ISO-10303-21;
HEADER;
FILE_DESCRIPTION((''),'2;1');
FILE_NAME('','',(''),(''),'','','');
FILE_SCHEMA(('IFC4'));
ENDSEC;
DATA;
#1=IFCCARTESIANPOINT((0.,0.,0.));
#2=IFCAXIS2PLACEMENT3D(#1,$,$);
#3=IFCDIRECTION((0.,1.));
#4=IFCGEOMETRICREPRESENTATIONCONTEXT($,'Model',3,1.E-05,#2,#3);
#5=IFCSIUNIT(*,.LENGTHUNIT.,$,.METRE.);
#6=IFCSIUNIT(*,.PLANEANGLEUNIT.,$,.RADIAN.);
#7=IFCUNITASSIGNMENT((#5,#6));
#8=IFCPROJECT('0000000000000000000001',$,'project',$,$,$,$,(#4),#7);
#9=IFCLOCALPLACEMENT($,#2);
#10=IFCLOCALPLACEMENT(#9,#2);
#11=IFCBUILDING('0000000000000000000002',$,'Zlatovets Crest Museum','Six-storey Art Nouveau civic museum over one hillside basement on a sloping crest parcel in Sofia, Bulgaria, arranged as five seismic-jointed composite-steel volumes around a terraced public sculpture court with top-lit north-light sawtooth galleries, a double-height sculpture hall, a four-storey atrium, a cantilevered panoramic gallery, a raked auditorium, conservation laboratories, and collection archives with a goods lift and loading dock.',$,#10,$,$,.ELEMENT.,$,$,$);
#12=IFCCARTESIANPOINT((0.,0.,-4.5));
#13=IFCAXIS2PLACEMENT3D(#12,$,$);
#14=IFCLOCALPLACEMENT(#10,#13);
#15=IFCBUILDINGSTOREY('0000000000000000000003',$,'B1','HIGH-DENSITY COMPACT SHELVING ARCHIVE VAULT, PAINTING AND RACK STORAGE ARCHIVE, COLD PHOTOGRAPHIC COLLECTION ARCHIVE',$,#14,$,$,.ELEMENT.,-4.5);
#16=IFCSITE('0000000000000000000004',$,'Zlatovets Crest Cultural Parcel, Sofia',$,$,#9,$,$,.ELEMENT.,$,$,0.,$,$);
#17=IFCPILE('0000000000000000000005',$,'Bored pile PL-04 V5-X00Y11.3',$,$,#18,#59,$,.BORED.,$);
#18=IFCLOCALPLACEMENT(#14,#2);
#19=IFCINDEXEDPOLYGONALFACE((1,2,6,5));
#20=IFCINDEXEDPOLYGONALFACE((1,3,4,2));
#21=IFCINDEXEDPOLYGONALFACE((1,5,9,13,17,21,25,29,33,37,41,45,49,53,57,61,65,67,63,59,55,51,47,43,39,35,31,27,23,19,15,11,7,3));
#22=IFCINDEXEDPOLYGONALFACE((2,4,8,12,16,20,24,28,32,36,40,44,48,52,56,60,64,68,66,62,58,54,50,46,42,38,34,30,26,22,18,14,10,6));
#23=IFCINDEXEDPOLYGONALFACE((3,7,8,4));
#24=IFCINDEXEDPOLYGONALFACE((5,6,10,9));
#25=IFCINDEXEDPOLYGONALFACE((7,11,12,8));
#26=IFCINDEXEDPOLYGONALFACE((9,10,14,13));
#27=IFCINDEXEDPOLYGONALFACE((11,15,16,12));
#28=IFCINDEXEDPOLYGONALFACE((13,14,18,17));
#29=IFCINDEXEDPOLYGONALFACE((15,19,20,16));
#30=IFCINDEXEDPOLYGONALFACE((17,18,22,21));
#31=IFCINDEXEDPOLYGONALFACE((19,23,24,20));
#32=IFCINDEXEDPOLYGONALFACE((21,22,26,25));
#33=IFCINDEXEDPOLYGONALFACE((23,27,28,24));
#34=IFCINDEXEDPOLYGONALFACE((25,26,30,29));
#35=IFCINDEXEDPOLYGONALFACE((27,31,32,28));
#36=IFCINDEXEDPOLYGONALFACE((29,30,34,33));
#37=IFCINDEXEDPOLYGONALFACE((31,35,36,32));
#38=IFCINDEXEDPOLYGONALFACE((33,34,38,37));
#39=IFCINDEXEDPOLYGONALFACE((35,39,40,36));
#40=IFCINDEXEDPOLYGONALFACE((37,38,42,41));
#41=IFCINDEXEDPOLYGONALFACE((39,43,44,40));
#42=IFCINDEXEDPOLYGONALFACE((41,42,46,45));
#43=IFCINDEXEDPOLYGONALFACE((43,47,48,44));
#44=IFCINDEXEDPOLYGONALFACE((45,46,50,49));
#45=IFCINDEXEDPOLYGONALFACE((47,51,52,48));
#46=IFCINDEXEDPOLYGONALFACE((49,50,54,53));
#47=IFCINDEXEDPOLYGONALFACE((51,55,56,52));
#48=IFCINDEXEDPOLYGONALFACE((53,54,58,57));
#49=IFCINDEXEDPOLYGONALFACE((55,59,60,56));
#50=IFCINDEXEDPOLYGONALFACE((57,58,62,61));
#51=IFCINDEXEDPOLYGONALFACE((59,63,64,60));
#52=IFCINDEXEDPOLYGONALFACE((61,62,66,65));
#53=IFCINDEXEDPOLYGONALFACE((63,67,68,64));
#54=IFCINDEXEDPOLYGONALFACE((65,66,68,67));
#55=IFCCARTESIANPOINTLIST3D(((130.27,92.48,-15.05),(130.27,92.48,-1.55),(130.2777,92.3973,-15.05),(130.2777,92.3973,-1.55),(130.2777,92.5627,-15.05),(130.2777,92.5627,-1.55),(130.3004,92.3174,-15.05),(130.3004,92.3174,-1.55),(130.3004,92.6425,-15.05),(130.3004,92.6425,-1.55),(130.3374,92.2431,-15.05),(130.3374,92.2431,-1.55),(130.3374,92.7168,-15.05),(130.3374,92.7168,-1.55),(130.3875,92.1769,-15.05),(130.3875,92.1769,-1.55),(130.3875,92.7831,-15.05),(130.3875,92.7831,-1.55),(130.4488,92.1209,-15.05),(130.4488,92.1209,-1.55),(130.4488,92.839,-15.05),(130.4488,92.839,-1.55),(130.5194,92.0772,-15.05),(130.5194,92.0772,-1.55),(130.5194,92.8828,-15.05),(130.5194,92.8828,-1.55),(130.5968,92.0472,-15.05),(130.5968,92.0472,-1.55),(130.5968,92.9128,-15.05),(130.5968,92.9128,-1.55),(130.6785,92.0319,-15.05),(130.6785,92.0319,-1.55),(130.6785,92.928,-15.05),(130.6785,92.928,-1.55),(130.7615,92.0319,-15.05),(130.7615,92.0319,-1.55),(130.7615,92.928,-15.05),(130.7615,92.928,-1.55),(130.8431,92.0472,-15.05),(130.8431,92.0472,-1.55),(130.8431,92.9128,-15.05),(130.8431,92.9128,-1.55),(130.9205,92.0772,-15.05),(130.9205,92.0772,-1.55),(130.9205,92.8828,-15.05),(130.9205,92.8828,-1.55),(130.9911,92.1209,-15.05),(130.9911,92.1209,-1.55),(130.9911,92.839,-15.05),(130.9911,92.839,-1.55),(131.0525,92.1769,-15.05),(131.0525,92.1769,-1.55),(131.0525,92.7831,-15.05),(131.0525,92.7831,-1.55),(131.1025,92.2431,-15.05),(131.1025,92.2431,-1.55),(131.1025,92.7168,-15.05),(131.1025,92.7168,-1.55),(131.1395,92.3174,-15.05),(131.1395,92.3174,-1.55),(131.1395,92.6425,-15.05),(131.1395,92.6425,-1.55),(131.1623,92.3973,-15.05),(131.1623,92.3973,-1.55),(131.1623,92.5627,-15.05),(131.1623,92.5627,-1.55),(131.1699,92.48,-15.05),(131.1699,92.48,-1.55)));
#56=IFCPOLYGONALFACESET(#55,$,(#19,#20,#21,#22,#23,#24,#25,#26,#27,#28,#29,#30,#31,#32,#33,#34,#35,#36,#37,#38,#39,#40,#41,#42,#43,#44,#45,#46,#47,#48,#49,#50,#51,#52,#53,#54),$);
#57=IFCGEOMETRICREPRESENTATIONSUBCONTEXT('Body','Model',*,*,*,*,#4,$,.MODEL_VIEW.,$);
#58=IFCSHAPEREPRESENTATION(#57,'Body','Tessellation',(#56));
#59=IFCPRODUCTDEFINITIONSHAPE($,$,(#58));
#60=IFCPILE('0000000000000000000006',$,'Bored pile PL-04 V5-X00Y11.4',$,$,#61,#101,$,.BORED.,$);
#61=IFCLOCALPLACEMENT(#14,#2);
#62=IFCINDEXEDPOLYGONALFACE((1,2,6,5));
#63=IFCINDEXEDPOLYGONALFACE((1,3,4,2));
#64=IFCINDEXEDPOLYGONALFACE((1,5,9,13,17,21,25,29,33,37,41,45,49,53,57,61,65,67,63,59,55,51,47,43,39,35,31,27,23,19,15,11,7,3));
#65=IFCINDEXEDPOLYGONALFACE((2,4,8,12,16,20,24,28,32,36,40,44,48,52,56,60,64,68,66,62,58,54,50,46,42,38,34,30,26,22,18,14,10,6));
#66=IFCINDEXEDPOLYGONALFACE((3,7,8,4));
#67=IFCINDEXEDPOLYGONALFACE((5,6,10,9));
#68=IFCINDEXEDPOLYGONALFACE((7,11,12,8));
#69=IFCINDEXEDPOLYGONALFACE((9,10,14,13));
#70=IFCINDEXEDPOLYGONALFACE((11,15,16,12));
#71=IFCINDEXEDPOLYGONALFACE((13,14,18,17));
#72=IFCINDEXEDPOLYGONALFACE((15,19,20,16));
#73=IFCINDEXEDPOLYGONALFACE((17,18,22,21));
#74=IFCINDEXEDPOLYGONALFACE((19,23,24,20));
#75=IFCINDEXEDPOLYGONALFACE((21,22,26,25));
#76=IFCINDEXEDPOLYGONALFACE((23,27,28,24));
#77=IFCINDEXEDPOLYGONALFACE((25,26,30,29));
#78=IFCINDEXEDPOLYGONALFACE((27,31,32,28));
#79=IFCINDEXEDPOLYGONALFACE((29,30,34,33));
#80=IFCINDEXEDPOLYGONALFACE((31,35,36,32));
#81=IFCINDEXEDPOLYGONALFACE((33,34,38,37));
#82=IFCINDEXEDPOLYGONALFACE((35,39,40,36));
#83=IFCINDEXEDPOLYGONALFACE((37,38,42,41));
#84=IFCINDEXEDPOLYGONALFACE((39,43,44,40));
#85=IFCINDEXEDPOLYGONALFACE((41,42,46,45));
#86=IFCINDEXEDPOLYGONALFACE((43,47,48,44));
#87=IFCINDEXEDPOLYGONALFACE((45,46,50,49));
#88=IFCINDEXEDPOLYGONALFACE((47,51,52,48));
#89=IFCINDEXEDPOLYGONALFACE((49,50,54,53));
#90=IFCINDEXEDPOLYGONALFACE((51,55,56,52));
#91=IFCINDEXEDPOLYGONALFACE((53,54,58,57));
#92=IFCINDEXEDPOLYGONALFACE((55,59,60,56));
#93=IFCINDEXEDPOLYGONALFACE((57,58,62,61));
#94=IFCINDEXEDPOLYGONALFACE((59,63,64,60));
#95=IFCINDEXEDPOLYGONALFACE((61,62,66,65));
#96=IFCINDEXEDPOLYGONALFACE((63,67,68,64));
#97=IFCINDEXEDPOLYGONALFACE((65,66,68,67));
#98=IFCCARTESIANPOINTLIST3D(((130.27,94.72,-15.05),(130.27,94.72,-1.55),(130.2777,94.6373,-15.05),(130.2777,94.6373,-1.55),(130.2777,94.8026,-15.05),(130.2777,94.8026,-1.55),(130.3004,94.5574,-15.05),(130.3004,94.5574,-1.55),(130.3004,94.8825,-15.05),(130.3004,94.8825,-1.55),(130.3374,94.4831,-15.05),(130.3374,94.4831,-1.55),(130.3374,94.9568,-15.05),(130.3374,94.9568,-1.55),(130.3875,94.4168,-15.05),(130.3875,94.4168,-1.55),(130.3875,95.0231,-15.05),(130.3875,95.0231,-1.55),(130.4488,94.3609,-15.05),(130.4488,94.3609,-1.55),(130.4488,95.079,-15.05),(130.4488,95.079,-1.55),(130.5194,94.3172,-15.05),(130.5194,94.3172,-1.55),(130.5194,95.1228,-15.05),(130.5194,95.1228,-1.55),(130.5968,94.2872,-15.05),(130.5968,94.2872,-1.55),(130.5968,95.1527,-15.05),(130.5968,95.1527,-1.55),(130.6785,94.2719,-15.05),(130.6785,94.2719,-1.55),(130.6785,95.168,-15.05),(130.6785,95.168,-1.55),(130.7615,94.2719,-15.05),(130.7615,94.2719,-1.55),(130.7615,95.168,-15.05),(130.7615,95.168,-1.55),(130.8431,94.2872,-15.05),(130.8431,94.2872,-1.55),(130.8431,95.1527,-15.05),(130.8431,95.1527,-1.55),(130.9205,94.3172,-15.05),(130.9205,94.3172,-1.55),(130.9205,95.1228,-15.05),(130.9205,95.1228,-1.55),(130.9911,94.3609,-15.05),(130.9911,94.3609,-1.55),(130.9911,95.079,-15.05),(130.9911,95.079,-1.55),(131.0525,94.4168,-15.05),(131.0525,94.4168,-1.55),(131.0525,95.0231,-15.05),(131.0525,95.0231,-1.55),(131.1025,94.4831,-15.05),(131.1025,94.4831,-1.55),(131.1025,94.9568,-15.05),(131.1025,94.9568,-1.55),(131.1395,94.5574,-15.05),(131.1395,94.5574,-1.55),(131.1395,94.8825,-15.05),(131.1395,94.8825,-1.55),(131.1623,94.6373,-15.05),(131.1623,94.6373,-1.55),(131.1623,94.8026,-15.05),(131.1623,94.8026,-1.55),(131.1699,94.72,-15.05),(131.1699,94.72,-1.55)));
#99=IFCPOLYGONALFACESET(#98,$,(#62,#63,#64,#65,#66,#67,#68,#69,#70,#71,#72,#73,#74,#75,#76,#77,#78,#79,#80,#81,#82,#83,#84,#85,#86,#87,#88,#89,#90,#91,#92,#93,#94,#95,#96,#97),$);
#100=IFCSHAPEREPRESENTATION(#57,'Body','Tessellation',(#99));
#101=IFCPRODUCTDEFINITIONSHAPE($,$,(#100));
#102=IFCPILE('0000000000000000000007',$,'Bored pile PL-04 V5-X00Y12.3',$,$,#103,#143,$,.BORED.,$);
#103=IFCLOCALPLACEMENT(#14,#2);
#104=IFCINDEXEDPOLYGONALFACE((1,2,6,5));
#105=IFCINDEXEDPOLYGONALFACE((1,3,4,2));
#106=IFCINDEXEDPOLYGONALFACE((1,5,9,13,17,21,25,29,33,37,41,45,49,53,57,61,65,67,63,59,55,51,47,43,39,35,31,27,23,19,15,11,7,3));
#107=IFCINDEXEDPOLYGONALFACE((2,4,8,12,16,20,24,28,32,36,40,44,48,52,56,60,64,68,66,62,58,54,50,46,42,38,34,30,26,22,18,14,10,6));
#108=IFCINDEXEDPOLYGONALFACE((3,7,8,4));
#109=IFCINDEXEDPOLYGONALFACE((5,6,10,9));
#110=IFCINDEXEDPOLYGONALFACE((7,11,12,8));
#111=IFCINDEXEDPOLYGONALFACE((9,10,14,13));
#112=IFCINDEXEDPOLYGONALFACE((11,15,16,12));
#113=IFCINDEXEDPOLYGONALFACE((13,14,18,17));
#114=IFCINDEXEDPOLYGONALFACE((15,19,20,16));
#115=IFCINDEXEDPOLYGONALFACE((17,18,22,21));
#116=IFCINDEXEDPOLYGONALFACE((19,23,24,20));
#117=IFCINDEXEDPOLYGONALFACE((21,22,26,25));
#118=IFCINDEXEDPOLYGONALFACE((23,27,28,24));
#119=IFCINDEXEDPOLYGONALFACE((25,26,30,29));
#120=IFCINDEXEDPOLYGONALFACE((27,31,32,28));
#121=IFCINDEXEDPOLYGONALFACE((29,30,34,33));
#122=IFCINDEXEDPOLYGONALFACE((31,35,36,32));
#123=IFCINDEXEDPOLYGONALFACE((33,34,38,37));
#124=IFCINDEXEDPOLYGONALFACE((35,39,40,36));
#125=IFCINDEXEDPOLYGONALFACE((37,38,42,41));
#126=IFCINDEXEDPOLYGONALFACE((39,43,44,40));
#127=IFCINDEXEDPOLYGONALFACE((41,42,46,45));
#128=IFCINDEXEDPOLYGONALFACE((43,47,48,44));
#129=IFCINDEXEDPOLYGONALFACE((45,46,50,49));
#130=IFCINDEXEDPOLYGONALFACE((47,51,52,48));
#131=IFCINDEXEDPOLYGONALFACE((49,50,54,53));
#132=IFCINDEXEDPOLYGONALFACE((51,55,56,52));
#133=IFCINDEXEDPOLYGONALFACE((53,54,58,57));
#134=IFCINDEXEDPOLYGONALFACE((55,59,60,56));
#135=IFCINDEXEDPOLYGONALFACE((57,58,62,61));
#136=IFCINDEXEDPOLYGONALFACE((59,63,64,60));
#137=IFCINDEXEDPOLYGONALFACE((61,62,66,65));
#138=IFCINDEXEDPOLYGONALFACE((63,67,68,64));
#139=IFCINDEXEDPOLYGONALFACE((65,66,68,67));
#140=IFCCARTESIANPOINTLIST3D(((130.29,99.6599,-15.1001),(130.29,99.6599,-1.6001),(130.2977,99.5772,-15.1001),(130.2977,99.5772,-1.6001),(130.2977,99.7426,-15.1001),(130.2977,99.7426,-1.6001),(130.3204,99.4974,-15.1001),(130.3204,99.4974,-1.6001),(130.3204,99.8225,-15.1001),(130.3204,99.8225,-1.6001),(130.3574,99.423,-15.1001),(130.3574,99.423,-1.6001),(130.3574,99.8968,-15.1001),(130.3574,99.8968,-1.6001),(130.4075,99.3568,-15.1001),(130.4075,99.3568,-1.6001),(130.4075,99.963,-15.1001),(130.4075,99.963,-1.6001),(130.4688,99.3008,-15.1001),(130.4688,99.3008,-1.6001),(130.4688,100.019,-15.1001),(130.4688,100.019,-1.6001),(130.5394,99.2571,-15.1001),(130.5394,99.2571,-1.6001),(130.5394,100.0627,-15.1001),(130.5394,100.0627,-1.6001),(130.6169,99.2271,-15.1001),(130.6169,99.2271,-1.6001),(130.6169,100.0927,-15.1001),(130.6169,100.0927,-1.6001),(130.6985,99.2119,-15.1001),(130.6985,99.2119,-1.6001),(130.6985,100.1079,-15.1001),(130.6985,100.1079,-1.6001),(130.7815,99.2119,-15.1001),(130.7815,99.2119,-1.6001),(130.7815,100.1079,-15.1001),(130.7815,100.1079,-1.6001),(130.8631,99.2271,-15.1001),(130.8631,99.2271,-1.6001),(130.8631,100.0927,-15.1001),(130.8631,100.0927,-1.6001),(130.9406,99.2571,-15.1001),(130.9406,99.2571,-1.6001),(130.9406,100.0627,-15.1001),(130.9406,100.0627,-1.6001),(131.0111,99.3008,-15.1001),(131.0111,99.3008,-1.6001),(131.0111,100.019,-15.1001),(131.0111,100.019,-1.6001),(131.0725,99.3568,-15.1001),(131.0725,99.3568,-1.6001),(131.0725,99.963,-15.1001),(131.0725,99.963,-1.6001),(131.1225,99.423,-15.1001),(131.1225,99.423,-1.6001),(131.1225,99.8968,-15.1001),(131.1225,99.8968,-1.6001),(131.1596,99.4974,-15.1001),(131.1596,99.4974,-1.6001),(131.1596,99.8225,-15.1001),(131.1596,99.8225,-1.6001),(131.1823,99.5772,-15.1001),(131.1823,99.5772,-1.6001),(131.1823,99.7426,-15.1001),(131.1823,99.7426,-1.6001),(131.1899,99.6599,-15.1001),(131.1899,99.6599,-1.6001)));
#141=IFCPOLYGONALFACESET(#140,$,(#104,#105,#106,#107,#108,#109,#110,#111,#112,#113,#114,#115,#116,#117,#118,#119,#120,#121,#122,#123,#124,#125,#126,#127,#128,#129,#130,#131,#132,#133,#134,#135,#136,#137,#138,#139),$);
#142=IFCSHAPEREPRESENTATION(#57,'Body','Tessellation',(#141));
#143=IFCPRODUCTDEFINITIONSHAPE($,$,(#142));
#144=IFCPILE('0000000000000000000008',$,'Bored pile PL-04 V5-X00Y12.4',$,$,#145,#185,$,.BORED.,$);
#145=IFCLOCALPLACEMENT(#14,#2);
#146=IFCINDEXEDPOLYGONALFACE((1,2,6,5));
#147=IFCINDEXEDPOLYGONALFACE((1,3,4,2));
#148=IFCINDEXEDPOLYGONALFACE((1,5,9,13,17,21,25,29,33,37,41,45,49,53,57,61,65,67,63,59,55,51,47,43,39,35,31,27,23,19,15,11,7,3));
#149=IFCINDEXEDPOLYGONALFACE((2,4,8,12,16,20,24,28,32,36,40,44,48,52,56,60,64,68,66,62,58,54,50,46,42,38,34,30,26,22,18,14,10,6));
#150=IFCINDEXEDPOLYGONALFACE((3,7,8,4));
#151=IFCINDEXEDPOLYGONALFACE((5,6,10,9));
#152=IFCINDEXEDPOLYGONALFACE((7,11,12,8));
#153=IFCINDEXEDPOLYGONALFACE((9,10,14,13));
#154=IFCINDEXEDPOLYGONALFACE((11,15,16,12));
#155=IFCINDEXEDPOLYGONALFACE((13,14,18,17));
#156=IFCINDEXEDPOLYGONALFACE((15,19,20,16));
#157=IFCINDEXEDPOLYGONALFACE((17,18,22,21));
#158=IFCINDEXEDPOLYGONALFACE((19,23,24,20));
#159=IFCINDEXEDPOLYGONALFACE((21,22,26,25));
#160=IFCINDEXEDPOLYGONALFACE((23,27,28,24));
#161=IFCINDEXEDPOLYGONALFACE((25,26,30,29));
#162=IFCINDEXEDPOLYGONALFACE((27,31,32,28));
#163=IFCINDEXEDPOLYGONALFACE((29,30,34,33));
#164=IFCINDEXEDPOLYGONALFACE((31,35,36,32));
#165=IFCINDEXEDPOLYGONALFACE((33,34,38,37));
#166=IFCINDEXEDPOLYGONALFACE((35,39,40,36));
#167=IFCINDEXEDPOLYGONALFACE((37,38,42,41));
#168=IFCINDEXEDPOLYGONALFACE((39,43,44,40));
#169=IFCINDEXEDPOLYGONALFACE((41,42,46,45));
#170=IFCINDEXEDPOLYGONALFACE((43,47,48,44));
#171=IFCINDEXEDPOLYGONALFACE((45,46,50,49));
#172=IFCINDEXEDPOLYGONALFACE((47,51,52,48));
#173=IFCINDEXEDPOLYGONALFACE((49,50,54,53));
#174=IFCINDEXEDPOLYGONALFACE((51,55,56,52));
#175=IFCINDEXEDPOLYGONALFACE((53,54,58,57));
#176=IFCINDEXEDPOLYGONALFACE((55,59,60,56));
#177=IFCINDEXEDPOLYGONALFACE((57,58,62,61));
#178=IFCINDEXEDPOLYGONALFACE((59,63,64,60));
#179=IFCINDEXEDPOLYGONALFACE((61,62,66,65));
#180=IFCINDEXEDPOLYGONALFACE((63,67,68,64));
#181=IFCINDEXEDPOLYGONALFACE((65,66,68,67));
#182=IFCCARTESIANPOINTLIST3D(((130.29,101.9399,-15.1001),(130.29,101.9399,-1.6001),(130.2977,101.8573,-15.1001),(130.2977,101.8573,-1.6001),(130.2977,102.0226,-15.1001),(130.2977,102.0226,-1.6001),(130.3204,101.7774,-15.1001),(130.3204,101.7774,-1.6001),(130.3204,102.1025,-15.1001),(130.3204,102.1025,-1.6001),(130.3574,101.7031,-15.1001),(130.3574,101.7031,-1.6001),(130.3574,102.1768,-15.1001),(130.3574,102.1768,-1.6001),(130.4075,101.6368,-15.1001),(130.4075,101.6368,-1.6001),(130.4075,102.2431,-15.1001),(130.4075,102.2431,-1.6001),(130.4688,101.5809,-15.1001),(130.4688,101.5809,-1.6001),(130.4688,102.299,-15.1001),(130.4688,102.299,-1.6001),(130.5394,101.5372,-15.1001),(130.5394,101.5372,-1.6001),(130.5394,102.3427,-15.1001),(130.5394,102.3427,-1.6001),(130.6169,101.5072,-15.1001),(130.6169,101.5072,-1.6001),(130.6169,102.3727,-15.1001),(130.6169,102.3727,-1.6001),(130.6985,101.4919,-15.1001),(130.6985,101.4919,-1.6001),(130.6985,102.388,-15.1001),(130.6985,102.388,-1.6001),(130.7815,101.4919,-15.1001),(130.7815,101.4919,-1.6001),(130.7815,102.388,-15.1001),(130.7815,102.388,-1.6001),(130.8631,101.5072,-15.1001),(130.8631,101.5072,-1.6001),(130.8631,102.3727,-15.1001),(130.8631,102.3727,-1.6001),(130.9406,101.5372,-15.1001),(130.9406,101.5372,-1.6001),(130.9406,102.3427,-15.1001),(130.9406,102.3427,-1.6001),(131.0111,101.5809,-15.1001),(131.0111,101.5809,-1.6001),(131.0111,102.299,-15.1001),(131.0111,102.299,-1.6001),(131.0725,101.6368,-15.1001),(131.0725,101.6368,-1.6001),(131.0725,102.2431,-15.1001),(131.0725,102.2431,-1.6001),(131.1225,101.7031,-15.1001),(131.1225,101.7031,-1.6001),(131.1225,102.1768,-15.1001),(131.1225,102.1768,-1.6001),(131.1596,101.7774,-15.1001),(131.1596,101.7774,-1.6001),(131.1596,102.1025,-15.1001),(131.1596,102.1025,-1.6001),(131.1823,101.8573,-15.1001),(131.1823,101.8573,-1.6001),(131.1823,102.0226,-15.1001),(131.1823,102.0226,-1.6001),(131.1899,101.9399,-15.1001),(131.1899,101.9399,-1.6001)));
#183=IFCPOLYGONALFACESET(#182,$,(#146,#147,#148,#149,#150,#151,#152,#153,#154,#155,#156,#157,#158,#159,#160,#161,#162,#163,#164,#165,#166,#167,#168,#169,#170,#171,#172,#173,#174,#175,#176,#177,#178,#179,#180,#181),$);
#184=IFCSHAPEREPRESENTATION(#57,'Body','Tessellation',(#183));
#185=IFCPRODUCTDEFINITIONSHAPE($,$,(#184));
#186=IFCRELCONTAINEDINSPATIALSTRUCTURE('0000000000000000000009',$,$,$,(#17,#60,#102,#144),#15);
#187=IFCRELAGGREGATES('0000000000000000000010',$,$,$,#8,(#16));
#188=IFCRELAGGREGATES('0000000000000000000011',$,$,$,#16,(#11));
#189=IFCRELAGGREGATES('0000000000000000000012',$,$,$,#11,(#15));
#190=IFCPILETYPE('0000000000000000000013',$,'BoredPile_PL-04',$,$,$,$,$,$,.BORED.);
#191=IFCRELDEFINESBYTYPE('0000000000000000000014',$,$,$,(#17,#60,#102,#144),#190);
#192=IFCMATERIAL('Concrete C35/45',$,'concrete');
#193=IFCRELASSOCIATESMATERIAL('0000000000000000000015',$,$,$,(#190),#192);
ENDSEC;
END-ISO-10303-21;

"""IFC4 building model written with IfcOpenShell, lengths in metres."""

from ifc_helpers import new_model, si_unit, direction, frame, origin, origin_2d, place, context, subcontext, project, spatial, circle, extrude, material, material_profile, profile_set, type_object, element, save


model = new_model("IFC4")

# Units and contexts
model_context = context("Model", 3, precision=1e-05, world=origin(), true_north=direction((0.0, 1.0)))
body_context = subcontext(model_context, "Body", "Model", "MODEL_VIEW")
ifc_project = project(units=[si_unit("LENGTHUNIT", "METRE"), si_unit("PLANEANGLEUNIT", "RADIAN")], contexts=[model_context])

# Site, building, storey
site_placement = place(None, origin())
site = spatial("IfcSite", under=ifc_project, at=site_placement, Name="Zlatovets Crest Cultural Parcel, Sofia", CompositionType="ELEMENT", RefElevation=0.0)
building_placement = place(site_placement, origin())
building = spatial("IfcBuilding", under=site, at=building_placement, Name="Zlatovets Crest Museum", Description="Six-storey Art Nouveau civic museum over one hillside basement on a sloping crest parcel in Sofia, Bulgaria, arranged as five seismic-jointed composite-steel volumes around a terraced public sculpture court with top-lit north-light sawtooth galleries, a double-height sculpture hall, a four-storey atrium, a cantilevered panoramic gallery, a raked auditorium, conservation laboratories, and collection archives with a goods lift and loading dock.", CompositionType="ELEMENT")
storey_placement = place(building_placement, frame((0.0, 0.0, -4.5)))
storey = spatial("IfcBuildingStorey", under=building, at=storey_placement, Name="B1", Description="HIGH-DENSITY COMPACT SHELVING ARCHIVE VAULT, PAINTING AND RACK STORAGE ARCHIVE, COLD PHOTOGRAPHIC COLLECTION ARCHIVE", CompositionType="ELEMENT", Elevation=-4.5)

# Piles
ifc_material_1 = material(Name="Concrete C35/45", Category="concrete")
ifc_material_profile_1 = material_profile(ifc_material_1, circle(Radius=0.45, at=origin_2d()), Name="PILE D900")
ifc_profile_set_1 = profile_set([ifc_material_profile_1], Name="Concrete C35/45")
pile_type = type_object("IfcPileType", Name="BoredPile_PL-04", PredefinedType="BORED", material=ifc_profile_set_1)
for number, where, z_axis, x_axis, name in (
    (1, (130.72, 92.48, -1.55), (0.0, 0.0, -1.0), (1.0, 0.0, 0.0), "Bored pile PL-04 V5-X00Y11.3"),
    (2, (130.72, 94.72, -1.55), (0.0, 0.0, -1.0), (1.0, 0.0, 0.0), "Bored pile PL-04 V5-X00Y11.4"),
    (3, (130.74, 99.6599, -1.6001), (0.0, 0.0, -1.0), (1.0, 0.0, 0.0), "Bored pile PL-04 V5-X00Y12.3"),
    (4, (130.74, 101.9399, -1.6001), (0.0, 0.0, -1.0), (1.0, 0.0, 0.0), "Bored pile PL-04 V5-X00Y12.4"),
):
    element("IfcPile", number, at=place(storey_placement, frame(where, z_axis=z_axis, x_axis=x_axis)), inside=storey, type_object=pile_type, Name=name, PredefinedType="BORED", context=body_context, shape_type="SweptSolid", body=[
        extrude(circle(Radius=0.45, at=origin_2d()), origin(), (0.0, 0.0, 1.0), 13.5),
    ])

save(model, "model.ifc")
